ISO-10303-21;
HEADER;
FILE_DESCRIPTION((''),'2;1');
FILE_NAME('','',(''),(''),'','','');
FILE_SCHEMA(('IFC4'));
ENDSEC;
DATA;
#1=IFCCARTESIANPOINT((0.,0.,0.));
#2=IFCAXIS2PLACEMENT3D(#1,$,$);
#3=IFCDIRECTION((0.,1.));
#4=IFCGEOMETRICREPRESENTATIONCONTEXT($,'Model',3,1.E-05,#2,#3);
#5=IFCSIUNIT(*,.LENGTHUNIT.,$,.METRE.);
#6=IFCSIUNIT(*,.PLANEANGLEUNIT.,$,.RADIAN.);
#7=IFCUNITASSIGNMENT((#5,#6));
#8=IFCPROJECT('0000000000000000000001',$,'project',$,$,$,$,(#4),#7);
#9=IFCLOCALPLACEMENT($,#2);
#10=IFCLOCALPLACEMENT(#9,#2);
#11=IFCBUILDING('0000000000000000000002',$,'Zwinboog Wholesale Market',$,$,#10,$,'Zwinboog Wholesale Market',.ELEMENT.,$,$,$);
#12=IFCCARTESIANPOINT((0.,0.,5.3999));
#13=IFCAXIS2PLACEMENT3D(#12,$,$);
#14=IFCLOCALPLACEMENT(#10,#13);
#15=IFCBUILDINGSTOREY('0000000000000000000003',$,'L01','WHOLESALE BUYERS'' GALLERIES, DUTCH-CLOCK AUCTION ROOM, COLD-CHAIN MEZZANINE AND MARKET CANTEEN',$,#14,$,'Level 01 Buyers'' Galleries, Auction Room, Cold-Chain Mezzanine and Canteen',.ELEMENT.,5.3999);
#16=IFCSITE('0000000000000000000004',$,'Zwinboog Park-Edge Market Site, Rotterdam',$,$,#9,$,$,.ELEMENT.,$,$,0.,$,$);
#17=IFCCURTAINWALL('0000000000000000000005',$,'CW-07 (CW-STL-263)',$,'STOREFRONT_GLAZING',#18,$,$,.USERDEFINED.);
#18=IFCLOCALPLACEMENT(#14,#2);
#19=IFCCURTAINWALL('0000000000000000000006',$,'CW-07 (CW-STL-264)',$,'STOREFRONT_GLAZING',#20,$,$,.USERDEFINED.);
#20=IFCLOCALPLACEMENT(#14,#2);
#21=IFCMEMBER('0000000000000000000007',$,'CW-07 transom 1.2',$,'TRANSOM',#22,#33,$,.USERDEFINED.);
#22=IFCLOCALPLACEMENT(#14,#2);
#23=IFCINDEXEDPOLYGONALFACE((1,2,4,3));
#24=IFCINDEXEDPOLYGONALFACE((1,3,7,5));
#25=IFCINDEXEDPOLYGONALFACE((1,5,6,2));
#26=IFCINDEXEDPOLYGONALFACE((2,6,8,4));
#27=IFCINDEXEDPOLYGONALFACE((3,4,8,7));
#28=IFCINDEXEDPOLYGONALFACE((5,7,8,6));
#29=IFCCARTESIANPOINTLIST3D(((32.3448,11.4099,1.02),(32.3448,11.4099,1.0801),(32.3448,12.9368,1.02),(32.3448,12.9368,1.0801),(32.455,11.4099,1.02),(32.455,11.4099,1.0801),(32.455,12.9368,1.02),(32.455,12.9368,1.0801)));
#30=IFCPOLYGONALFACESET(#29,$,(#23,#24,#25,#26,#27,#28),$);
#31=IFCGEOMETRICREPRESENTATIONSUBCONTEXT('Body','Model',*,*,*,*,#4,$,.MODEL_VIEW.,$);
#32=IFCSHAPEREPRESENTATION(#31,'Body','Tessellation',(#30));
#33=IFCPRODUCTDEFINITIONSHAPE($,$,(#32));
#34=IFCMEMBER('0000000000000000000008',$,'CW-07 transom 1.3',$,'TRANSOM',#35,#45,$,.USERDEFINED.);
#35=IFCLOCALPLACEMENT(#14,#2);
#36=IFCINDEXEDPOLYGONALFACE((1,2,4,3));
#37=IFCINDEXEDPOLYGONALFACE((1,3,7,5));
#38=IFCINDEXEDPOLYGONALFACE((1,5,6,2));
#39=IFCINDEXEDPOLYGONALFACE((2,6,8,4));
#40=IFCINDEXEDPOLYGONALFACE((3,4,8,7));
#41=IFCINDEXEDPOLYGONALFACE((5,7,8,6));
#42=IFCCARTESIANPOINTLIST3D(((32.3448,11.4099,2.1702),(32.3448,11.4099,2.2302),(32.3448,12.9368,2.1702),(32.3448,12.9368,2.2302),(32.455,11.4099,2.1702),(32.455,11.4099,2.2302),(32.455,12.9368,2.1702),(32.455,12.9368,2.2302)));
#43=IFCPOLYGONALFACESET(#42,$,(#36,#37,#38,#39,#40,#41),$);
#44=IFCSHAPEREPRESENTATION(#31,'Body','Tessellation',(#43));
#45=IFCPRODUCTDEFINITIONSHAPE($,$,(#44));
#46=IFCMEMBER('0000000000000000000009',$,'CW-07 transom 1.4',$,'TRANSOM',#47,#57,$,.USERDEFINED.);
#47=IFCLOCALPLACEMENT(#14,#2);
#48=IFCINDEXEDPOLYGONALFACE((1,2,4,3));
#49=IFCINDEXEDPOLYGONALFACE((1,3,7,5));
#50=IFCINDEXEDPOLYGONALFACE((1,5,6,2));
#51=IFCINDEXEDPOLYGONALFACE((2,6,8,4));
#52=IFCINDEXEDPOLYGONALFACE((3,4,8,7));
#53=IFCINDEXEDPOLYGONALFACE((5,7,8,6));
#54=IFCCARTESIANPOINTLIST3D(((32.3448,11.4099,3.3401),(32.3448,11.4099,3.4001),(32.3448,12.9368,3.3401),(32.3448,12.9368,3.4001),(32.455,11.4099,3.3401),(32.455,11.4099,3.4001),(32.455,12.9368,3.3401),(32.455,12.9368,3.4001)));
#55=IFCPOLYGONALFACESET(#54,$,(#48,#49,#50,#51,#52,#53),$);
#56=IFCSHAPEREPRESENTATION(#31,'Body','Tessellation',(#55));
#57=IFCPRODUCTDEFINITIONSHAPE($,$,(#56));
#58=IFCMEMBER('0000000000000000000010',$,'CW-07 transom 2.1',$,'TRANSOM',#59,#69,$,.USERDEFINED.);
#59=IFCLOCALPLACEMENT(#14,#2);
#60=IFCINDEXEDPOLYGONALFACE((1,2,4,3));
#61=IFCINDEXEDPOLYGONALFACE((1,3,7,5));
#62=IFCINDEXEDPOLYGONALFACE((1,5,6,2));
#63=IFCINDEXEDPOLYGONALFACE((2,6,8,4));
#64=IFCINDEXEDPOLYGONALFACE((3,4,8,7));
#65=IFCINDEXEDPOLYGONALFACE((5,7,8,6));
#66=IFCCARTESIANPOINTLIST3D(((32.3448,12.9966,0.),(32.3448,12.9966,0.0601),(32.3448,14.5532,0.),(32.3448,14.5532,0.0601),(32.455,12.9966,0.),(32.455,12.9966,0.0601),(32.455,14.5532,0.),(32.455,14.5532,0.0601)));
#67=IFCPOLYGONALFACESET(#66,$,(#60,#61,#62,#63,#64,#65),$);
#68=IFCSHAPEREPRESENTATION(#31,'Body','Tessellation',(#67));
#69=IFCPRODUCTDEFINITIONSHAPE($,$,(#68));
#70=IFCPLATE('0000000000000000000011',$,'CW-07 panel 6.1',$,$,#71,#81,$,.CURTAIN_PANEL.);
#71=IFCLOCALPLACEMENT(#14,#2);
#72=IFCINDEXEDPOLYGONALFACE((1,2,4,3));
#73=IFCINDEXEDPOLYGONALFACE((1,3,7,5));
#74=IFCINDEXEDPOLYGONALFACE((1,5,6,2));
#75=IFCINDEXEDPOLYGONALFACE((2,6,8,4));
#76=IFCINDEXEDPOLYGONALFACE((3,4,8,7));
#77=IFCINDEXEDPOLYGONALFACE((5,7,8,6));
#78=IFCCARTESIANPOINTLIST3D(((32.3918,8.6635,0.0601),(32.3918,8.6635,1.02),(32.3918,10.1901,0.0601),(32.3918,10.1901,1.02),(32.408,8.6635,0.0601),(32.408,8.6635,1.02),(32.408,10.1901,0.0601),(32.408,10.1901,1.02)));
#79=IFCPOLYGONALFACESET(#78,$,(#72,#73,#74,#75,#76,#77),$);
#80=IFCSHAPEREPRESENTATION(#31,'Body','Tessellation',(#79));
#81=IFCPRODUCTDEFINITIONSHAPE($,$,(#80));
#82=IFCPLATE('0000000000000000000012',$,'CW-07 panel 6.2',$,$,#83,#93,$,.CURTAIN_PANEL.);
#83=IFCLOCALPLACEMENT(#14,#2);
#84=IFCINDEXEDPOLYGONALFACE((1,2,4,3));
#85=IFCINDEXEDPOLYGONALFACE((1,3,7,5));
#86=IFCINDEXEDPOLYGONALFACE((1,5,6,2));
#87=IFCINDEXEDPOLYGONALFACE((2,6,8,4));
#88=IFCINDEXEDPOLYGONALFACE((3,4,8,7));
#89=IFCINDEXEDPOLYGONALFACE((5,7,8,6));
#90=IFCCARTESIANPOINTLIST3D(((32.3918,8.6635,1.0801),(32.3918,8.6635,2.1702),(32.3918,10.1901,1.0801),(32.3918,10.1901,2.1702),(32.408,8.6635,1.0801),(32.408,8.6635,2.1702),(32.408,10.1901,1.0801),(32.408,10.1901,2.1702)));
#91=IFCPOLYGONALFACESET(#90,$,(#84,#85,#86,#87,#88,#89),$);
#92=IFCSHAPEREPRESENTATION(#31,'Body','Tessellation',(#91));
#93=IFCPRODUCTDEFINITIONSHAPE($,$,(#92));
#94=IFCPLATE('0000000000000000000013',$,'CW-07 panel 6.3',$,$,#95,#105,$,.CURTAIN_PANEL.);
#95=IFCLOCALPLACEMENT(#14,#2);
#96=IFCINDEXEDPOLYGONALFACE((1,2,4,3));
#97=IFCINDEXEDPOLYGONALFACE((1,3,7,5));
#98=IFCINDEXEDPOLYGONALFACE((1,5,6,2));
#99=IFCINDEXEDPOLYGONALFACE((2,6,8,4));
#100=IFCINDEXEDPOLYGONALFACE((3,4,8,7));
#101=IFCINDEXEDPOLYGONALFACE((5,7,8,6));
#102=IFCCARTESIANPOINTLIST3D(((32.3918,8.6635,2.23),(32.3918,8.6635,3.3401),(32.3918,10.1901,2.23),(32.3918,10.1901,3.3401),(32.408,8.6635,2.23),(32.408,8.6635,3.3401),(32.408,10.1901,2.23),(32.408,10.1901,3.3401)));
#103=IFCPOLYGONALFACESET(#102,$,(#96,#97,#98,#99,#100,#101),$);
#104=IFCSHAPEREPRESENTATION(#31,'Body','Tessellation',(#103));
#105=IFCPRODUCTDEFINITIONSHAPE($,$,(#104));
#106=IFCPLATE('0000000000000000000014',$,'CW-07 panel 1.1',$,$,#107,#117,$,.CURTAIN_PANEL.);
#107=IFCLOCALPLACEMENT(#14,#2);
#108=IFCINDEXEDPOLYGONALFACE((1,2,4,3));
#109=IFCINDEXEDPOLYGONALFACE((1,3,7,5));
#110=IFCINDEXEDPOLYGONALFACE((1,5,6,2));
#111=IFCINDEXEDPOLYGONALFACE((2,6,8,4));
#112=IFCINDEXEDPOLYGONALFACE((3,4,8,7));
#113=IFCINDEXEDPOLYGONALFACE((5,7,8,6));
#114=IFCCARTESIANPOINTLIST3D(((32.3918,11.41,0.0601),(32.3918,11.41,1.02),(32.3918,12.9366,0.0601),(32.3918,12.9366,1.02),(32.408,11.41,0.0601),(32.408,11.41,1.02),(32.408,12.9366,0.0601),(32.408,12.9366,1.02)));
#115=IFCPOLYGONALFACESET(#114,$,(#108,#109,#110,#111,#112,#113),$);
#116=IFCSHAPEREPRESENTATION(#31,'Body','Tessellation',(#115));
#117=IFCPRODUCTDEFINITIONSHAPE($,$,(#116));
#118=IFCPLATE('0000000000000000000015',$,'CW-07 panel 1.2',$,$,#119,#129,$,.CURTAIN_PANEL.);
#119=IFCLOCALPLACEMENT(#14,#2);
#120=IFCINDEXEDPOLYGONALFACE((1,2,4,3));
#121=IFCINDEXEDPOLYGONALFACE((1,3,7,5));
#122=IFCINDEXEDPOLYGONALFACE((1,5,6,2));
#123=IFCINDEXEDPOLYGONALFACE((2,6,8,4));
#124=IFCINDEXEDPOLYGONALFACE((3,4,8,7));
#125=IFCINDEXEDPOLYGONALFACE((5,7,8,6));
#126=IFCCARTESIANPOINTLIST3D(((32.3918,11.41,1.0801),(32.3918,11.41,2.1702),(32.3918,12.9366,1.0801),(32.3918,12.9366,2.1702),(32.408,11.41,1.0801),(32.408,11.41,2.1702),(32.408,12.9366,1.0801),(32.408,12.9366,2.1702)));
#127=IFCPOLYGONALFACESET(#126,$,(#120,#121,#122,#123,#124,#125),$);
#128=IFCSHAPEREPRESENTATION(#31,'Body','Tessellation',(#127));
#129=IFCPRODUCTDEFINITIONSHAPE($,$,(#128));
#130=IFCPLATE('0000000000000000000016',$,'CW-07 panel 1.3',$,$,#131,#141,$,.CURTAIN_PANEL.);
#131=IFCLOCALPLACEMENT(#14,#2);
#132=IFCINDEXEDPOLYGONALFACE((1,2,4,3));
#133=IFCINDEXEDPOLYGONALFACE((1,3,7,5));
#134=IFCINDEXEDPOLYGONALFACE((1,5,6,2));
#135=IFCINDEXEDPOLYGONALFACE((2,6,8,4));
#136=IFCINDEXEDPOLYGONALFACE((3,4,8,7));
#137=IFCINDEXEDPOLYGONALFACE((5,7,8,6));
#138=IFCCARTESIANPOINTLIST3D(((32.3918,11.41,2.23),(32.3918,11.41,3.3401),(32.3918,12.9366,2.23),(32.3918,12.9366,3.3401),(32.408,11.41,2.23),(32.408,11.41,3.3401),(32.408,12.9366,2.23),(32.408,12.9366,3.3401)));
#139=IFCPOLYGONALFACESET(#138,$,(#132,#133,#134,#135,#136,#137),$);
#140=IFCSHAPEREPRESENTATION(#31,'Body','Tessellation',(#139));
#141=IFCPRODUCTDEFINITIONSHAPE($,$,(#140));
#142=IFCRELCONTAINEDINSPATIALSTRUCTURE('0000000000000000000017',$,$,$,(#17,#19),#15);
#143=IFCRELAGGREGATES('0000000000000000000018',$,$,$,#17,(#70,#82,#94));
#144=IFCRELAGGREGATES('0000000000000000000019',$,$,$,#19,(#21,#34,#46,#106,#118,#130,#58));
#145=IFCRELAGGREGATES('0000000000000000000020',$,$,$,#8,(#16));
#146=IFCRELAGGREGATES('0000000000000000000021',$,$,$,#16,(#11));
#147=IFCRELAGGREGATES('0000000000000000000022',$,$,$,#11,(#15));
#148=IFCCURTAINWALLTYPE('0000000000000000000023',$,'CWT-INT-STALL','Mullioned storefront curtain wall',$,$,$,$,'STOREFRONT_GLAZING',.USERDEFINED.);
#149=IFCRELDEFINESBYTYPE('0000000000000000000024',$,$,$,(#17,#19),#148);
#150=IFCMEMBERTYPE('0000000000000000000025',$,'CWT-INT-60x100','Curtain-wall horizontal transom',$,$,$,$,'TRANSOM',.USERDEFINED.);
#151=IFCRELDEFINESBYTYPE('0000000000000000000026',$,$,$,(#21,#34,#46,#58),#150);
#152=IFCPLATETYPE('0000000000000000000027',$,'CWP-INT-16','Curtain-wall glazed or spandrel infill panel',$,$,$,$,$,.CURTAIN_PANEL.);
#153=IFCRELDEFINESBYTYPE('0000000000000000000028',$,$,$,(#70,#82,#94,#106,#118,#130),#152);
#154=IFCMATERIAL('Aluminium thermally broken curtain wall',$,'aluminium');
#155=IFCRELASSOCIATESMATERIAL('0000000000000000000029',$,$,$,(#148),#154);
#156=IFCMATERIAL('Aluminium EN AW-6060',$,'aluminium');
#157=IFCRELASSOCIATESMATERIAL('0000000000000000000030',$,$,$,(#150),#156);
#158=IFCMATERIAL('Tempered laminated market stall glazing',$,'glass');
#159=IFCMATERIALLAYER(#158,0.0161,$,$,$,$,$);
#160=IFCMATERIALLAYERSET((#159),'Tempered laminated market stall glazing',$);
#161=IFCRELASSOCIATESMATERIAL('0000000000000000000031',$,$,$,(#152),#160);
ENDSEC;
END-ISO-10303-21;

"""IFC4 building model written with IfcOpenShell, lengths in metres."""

from ifc_helpers import new_model, si_unit, direction, frame, origin, origin_2d, place, context, subcontext, project, spatial, rectangle, extrude, material, layer, layer_set, material_profile, profile_set, type_object, element, aggregate, save


model = new_model("IFC4")

# Units and contexts
model_context = context("Model", 3, precision=1e-05, world=origin(), true_north=direction((0.0, 1.0)))
body_context = subcontext(model_context, "Body", "Model", "MODEL_VIEW")
ifc_project = project(units=[si_unit("LENGTHUNIT", "METRE"), si_unit("PLANEANGLEUNIT", "RADIAN")], contexts=[model_context])

# Site, building, storey
site_placement = place(None, origin())
site = spatial("IfcSite", under=ifc_project, at=site_placement, Name="Zwinboog Park-Edge Market Site, Rotterdam", CompositionType="ELEMENT", RefElevation=0.0)
building_placement = place(site_placement, origin())
building = spatial("IfcBuilding", under=site, at=building_placement, Name="Zwinboog Wholesale Market", LongName="Zwinboog Wholesale Market", CompositionType="ELEMENT")
storey_placement = place(building_placement, frame((0.0, 0.0, 5.3999)))
storey = spatial("IfcBuildingStorey", under=building, at=storey_placement, Name="L01", Description="WHOLESALE BUYERS' GALLERIES, DUTCH-CLOCK AUCTION ROOM, COLD-CHAIN MEZZANINE AND MARKET CANTEEN", LongName="Level 01 Buyers' Galleries, Auction Room, Cold-Chain Mezzanine and Canteen", CompositionType="ELEMENT", Elevation=5.3999)

# Curtain wall
ifc_material_1 = material(Name="Aluminium thermally broken curtain wall", Category="aluminium")
curtain_wall_type = type_object("IfcCurtainWallType", Name="CWT-INT-STALL", Description="Mullioned storefront curtain wall", ElementType="STOREFRONT_GLAZING", PredefinedType="USERDEFINED", material=ifc_material_1)
curtain_wall_1_placement = place(storey_placement, origin())
curtain_wall_1 = element("IfcCurtainWall", 1, at=curtain_wall_1_placement, inside=storey, type_object=curtain_wall_type, Name="CW-07 (CW-STL-263)", ObjectType="STOREFRONT_GLAZING", PredefinedType="USERDEFINED")
ifc_material_2 = material(Name="Aluminium EN AW-6060", Category="aluminium")

# Curtain wall
curtain_wall_2_placement = place(storey_placement, origin())
curtain_wall_2 = element("IfcCurtainWall", 2, at=curtain_wall_2_placement, inside=storey, type_object=curtain_wall_type, Name="CW-07 (CW-STL-264)", ObjectType="STOREFRONT_GLAZING", PredefinedType="USERDEFINED")

# Members
ifc_material_profile_1 = material_profile(ifc_material_2, rectangle(XDim=0.1101, YDim=0.0601, at=origin_2d()), Name="AL 60x110")
ifc_profile_set_1 = profile_set([ifc_material_profile_1], Name="Aluminium EN AW-6060")
member_type_1 = type_object("IfcMemberType", Name="CWT-INT-60x100", Description="Curtain-wall horizontal transom", ElementType="TRANSOM", PredefinedType="USERDEFINED", material=ifc_profile_set_1)
member_1_placement = place(storey_placement, frame((32.3999, 11.4099, 1.05), z_axis=(0.0, 1.0, 0.0), x_axis=(-1.0, 0.0, 0.0)))
member_1 = element("IfcMember", 3, at=member_1_placement, type_object=member_type_1, Name="CW-07 transom 1.2", ObjectType="TRANSOM", PredefinedType="USERDEFINED", context=body_context, shape_type="SweptSolid", body=[
    extrude(rectangle(XDim=0.1101, YDim=0.0601, at=origin_2d()), origin(), (0.0, 0.0, 1.0), 1.5269),
])
member_2_placement = place(storey_placement, frame((32.3999, 11.4099, 2.2002), z_axis=(0.0, 1.0, 0.0), x_axis=(-1.0, 0.0, 0.0)))
member_2 = element("IfcMember", 4, at=member_2_placement, type_object=member_type_1, Name="CW-07 transom 1.3", ObjectType="TRANSOM", PredefinedType="USERDEFINED", context=body_context, shape_type="SweptSolid", body=[
    extrude(rectangle(XDim=0.1101, YDim=0.0601, at=origin_2d()), origin(), (0.0, 0.0, 1.0), 1.5269),
])
member_3_placement = place(storey_placement, frame((32.3999, 11.4099, 3.3701), z_axis=(0.0, 1.0, 0.0), x_axis=(-1.0, 0.0, 0.0)))
member_3 = element("IfcMember", 5, at=member_3_placement, type_object=member_type_1, Name="CW-07 transom 1.4", ObjectType="TRANSOM", PredefinedType="USERDEFINED", context=body_context, shape_type="SweptSolid", body=[
    extrude(rectangle(XDim=0.1101, YDim=0.0601, at=origin_2d()), origin(), (0.0, 0.0, 1.0), 1.5269),
])
member_4_placement = place(storey_placement, frame((32.3999, 12.9966, 0.03), z_axis=(0.0, 1.0, 0.0), x_axis=(-1.0, 0.0, 0.0)))
member_4 = element("IfcMember", 6, at=member_4_placement, type_object=member_type_1, Name="CW-07 transom 2.1", ObjectType="TRANSOM", PredefinedType="USERDEFINED", context=body_context, shape_type="SweptSolid", body=[
    extrude(rectangle(XDim=0.1101, YDim=0.0601, at=origin_2d()), origin(), (0.0, 0.0, 1.0), 1.5566),
])

# Plates
ifc_material_3 = material(Name="Tempered laminated market stall glazing", Category="glass")
ifc_layer = layer(ifc_material_3, 0.0161)
ifc_layer_set = layer_set([ifc_layer], Name="Tempered laminated market stall glazing")
plate_type = type_object("IfcPlateType", Name="CWP-INT-16", Description="Curtain-wall glazed or spandrel infill panel", PredefinedType="CURTAIN_PANEL", material=ifc_layer_set)
plate_1_placement = place(storey_placement, frame((32.3999, 9.4268, 0.0601), z_axis=(0.0, 0.0, 1.0), x_axis=(0.0, 1.0, 0.0)))
plate_1 = element("IfcPlate", 7, at=plate_1_placement, type_object=plate_type, Name="CW-07 panel 6.1", PredefinedType="CURTAIN_PANEL", context=body_context, shape_type="SweptSolid", body=[
    extrude(rectangle(XDim=1.5266, YDim=0.0161, at=origin_2d()), origin(), (0.0, 0.0, 1.0), 0.96),
])
plate_2_placement = place(storey_placement, frame((32.3999, 9.4268, 1.0801), z_axis=(0.0, 0.0, 1.0), x_axis=(0.0, 1.0, 0.0)))
plate_2 = element("IfcPlate", 8, at=plate_2_placement, type_object=plate_type, Name="CW-07 panel 6.2", PredefinedType="CURTAIN_PANEL", context=body_context, shape_type="SweptSolid", body=[
    extrude(rectangle(XDim=1.5266, YDim=0.0161, at=origin_2d()), origin(), (0.0, 0.0, 1.0), 1.0901),
])
plate_3_placement = place(storey_placement, frame((32.3999, 9.4268, 2.23), z_axis=(0.0, 0.0, 1.0), x_axis=(0.0, 1.0, 0.0)))
plate_3 = element("IfcPlate", 9, at=plate_3_placement, type_object=plate_type, Name="CW-07 panel 6.3", PredefinedType="CURTAIN_PANEL", context=body_context, shape_type="SweptSolid", body=[
    extrude(rectangle(XDim=1.5266, YDim=0.0161, at=origin_2d()), origin(), (0.0, 0.0, 1.0), 1.1101),
])
aggregate(curtain_wall_1, [plate_1, plate_2, plate_3])
plate_4_placement = place(storey_placement, frame((32.3999, 12.1733, 0.0601), z_axis=(0.0, 0.0, 1.0), x_axis=(0.0, 1.0, 0.0)))
plate_4 = element("IfcPlate", 10, at=plate_4_placement, type_object=plate_type, Name="CW-07 panel 1.1", PredefinedType="CURTAIN_PANEL", context=body_context, shape_type="SweptSolid", body=[
    extrude(rectangle(XDim=1.5266, YDim=0.0161, at=origin_2d()), origin(), (0.0, 0.0, 1.0), 0.96),
])
plate_5_placement = place(storey_placement, frame((32.3999, 12.1733, 1.0801), z_axis=(0.0, 0.0, 1.0), x_axis=(0.0, 1.0, 0.0)))
plate_5 = element("IfcPlate", 11, at=plate_5_placement, type_object=plate_type, Name="CW-07 panel 1.2", PredefinedType="CURTAIN_PANEL", context=body_context, shape_type="SweptSolid", body=[
    extrude(rectangle(XDim=1.5266, YDim=0.0161, at=origin_2d()), origin(), (0.0, 0.0, 1.0), 1.0901),
])
plate_6_placement = place(storey_placement, frame((32.3999, 12.1733, 2.23), z_axis=(0.0, 0.0, 1.0), x_axis=(0.0, 1.0, 0.0)))
plate_6 = element("IfcPlate", 12, at=plate_6_placement, type_object=plate_type, Name="CW-07 panel 1.3", PredefinedType="CURTAIN_PANEL", context=body_context, shape_type="SweptSolid", body=[
    extrude(rectangle(XDim=1.5266, YDim=0.0161, at=origin_2d()), origin(), (0.0, 0.0, 1.0), 1.1101),
])
aggregate(curtain_wall_2, [member_1, member_2, member_3, plate_4, plate_5, plate_6, member_4])

save(model, "model.ifc")
